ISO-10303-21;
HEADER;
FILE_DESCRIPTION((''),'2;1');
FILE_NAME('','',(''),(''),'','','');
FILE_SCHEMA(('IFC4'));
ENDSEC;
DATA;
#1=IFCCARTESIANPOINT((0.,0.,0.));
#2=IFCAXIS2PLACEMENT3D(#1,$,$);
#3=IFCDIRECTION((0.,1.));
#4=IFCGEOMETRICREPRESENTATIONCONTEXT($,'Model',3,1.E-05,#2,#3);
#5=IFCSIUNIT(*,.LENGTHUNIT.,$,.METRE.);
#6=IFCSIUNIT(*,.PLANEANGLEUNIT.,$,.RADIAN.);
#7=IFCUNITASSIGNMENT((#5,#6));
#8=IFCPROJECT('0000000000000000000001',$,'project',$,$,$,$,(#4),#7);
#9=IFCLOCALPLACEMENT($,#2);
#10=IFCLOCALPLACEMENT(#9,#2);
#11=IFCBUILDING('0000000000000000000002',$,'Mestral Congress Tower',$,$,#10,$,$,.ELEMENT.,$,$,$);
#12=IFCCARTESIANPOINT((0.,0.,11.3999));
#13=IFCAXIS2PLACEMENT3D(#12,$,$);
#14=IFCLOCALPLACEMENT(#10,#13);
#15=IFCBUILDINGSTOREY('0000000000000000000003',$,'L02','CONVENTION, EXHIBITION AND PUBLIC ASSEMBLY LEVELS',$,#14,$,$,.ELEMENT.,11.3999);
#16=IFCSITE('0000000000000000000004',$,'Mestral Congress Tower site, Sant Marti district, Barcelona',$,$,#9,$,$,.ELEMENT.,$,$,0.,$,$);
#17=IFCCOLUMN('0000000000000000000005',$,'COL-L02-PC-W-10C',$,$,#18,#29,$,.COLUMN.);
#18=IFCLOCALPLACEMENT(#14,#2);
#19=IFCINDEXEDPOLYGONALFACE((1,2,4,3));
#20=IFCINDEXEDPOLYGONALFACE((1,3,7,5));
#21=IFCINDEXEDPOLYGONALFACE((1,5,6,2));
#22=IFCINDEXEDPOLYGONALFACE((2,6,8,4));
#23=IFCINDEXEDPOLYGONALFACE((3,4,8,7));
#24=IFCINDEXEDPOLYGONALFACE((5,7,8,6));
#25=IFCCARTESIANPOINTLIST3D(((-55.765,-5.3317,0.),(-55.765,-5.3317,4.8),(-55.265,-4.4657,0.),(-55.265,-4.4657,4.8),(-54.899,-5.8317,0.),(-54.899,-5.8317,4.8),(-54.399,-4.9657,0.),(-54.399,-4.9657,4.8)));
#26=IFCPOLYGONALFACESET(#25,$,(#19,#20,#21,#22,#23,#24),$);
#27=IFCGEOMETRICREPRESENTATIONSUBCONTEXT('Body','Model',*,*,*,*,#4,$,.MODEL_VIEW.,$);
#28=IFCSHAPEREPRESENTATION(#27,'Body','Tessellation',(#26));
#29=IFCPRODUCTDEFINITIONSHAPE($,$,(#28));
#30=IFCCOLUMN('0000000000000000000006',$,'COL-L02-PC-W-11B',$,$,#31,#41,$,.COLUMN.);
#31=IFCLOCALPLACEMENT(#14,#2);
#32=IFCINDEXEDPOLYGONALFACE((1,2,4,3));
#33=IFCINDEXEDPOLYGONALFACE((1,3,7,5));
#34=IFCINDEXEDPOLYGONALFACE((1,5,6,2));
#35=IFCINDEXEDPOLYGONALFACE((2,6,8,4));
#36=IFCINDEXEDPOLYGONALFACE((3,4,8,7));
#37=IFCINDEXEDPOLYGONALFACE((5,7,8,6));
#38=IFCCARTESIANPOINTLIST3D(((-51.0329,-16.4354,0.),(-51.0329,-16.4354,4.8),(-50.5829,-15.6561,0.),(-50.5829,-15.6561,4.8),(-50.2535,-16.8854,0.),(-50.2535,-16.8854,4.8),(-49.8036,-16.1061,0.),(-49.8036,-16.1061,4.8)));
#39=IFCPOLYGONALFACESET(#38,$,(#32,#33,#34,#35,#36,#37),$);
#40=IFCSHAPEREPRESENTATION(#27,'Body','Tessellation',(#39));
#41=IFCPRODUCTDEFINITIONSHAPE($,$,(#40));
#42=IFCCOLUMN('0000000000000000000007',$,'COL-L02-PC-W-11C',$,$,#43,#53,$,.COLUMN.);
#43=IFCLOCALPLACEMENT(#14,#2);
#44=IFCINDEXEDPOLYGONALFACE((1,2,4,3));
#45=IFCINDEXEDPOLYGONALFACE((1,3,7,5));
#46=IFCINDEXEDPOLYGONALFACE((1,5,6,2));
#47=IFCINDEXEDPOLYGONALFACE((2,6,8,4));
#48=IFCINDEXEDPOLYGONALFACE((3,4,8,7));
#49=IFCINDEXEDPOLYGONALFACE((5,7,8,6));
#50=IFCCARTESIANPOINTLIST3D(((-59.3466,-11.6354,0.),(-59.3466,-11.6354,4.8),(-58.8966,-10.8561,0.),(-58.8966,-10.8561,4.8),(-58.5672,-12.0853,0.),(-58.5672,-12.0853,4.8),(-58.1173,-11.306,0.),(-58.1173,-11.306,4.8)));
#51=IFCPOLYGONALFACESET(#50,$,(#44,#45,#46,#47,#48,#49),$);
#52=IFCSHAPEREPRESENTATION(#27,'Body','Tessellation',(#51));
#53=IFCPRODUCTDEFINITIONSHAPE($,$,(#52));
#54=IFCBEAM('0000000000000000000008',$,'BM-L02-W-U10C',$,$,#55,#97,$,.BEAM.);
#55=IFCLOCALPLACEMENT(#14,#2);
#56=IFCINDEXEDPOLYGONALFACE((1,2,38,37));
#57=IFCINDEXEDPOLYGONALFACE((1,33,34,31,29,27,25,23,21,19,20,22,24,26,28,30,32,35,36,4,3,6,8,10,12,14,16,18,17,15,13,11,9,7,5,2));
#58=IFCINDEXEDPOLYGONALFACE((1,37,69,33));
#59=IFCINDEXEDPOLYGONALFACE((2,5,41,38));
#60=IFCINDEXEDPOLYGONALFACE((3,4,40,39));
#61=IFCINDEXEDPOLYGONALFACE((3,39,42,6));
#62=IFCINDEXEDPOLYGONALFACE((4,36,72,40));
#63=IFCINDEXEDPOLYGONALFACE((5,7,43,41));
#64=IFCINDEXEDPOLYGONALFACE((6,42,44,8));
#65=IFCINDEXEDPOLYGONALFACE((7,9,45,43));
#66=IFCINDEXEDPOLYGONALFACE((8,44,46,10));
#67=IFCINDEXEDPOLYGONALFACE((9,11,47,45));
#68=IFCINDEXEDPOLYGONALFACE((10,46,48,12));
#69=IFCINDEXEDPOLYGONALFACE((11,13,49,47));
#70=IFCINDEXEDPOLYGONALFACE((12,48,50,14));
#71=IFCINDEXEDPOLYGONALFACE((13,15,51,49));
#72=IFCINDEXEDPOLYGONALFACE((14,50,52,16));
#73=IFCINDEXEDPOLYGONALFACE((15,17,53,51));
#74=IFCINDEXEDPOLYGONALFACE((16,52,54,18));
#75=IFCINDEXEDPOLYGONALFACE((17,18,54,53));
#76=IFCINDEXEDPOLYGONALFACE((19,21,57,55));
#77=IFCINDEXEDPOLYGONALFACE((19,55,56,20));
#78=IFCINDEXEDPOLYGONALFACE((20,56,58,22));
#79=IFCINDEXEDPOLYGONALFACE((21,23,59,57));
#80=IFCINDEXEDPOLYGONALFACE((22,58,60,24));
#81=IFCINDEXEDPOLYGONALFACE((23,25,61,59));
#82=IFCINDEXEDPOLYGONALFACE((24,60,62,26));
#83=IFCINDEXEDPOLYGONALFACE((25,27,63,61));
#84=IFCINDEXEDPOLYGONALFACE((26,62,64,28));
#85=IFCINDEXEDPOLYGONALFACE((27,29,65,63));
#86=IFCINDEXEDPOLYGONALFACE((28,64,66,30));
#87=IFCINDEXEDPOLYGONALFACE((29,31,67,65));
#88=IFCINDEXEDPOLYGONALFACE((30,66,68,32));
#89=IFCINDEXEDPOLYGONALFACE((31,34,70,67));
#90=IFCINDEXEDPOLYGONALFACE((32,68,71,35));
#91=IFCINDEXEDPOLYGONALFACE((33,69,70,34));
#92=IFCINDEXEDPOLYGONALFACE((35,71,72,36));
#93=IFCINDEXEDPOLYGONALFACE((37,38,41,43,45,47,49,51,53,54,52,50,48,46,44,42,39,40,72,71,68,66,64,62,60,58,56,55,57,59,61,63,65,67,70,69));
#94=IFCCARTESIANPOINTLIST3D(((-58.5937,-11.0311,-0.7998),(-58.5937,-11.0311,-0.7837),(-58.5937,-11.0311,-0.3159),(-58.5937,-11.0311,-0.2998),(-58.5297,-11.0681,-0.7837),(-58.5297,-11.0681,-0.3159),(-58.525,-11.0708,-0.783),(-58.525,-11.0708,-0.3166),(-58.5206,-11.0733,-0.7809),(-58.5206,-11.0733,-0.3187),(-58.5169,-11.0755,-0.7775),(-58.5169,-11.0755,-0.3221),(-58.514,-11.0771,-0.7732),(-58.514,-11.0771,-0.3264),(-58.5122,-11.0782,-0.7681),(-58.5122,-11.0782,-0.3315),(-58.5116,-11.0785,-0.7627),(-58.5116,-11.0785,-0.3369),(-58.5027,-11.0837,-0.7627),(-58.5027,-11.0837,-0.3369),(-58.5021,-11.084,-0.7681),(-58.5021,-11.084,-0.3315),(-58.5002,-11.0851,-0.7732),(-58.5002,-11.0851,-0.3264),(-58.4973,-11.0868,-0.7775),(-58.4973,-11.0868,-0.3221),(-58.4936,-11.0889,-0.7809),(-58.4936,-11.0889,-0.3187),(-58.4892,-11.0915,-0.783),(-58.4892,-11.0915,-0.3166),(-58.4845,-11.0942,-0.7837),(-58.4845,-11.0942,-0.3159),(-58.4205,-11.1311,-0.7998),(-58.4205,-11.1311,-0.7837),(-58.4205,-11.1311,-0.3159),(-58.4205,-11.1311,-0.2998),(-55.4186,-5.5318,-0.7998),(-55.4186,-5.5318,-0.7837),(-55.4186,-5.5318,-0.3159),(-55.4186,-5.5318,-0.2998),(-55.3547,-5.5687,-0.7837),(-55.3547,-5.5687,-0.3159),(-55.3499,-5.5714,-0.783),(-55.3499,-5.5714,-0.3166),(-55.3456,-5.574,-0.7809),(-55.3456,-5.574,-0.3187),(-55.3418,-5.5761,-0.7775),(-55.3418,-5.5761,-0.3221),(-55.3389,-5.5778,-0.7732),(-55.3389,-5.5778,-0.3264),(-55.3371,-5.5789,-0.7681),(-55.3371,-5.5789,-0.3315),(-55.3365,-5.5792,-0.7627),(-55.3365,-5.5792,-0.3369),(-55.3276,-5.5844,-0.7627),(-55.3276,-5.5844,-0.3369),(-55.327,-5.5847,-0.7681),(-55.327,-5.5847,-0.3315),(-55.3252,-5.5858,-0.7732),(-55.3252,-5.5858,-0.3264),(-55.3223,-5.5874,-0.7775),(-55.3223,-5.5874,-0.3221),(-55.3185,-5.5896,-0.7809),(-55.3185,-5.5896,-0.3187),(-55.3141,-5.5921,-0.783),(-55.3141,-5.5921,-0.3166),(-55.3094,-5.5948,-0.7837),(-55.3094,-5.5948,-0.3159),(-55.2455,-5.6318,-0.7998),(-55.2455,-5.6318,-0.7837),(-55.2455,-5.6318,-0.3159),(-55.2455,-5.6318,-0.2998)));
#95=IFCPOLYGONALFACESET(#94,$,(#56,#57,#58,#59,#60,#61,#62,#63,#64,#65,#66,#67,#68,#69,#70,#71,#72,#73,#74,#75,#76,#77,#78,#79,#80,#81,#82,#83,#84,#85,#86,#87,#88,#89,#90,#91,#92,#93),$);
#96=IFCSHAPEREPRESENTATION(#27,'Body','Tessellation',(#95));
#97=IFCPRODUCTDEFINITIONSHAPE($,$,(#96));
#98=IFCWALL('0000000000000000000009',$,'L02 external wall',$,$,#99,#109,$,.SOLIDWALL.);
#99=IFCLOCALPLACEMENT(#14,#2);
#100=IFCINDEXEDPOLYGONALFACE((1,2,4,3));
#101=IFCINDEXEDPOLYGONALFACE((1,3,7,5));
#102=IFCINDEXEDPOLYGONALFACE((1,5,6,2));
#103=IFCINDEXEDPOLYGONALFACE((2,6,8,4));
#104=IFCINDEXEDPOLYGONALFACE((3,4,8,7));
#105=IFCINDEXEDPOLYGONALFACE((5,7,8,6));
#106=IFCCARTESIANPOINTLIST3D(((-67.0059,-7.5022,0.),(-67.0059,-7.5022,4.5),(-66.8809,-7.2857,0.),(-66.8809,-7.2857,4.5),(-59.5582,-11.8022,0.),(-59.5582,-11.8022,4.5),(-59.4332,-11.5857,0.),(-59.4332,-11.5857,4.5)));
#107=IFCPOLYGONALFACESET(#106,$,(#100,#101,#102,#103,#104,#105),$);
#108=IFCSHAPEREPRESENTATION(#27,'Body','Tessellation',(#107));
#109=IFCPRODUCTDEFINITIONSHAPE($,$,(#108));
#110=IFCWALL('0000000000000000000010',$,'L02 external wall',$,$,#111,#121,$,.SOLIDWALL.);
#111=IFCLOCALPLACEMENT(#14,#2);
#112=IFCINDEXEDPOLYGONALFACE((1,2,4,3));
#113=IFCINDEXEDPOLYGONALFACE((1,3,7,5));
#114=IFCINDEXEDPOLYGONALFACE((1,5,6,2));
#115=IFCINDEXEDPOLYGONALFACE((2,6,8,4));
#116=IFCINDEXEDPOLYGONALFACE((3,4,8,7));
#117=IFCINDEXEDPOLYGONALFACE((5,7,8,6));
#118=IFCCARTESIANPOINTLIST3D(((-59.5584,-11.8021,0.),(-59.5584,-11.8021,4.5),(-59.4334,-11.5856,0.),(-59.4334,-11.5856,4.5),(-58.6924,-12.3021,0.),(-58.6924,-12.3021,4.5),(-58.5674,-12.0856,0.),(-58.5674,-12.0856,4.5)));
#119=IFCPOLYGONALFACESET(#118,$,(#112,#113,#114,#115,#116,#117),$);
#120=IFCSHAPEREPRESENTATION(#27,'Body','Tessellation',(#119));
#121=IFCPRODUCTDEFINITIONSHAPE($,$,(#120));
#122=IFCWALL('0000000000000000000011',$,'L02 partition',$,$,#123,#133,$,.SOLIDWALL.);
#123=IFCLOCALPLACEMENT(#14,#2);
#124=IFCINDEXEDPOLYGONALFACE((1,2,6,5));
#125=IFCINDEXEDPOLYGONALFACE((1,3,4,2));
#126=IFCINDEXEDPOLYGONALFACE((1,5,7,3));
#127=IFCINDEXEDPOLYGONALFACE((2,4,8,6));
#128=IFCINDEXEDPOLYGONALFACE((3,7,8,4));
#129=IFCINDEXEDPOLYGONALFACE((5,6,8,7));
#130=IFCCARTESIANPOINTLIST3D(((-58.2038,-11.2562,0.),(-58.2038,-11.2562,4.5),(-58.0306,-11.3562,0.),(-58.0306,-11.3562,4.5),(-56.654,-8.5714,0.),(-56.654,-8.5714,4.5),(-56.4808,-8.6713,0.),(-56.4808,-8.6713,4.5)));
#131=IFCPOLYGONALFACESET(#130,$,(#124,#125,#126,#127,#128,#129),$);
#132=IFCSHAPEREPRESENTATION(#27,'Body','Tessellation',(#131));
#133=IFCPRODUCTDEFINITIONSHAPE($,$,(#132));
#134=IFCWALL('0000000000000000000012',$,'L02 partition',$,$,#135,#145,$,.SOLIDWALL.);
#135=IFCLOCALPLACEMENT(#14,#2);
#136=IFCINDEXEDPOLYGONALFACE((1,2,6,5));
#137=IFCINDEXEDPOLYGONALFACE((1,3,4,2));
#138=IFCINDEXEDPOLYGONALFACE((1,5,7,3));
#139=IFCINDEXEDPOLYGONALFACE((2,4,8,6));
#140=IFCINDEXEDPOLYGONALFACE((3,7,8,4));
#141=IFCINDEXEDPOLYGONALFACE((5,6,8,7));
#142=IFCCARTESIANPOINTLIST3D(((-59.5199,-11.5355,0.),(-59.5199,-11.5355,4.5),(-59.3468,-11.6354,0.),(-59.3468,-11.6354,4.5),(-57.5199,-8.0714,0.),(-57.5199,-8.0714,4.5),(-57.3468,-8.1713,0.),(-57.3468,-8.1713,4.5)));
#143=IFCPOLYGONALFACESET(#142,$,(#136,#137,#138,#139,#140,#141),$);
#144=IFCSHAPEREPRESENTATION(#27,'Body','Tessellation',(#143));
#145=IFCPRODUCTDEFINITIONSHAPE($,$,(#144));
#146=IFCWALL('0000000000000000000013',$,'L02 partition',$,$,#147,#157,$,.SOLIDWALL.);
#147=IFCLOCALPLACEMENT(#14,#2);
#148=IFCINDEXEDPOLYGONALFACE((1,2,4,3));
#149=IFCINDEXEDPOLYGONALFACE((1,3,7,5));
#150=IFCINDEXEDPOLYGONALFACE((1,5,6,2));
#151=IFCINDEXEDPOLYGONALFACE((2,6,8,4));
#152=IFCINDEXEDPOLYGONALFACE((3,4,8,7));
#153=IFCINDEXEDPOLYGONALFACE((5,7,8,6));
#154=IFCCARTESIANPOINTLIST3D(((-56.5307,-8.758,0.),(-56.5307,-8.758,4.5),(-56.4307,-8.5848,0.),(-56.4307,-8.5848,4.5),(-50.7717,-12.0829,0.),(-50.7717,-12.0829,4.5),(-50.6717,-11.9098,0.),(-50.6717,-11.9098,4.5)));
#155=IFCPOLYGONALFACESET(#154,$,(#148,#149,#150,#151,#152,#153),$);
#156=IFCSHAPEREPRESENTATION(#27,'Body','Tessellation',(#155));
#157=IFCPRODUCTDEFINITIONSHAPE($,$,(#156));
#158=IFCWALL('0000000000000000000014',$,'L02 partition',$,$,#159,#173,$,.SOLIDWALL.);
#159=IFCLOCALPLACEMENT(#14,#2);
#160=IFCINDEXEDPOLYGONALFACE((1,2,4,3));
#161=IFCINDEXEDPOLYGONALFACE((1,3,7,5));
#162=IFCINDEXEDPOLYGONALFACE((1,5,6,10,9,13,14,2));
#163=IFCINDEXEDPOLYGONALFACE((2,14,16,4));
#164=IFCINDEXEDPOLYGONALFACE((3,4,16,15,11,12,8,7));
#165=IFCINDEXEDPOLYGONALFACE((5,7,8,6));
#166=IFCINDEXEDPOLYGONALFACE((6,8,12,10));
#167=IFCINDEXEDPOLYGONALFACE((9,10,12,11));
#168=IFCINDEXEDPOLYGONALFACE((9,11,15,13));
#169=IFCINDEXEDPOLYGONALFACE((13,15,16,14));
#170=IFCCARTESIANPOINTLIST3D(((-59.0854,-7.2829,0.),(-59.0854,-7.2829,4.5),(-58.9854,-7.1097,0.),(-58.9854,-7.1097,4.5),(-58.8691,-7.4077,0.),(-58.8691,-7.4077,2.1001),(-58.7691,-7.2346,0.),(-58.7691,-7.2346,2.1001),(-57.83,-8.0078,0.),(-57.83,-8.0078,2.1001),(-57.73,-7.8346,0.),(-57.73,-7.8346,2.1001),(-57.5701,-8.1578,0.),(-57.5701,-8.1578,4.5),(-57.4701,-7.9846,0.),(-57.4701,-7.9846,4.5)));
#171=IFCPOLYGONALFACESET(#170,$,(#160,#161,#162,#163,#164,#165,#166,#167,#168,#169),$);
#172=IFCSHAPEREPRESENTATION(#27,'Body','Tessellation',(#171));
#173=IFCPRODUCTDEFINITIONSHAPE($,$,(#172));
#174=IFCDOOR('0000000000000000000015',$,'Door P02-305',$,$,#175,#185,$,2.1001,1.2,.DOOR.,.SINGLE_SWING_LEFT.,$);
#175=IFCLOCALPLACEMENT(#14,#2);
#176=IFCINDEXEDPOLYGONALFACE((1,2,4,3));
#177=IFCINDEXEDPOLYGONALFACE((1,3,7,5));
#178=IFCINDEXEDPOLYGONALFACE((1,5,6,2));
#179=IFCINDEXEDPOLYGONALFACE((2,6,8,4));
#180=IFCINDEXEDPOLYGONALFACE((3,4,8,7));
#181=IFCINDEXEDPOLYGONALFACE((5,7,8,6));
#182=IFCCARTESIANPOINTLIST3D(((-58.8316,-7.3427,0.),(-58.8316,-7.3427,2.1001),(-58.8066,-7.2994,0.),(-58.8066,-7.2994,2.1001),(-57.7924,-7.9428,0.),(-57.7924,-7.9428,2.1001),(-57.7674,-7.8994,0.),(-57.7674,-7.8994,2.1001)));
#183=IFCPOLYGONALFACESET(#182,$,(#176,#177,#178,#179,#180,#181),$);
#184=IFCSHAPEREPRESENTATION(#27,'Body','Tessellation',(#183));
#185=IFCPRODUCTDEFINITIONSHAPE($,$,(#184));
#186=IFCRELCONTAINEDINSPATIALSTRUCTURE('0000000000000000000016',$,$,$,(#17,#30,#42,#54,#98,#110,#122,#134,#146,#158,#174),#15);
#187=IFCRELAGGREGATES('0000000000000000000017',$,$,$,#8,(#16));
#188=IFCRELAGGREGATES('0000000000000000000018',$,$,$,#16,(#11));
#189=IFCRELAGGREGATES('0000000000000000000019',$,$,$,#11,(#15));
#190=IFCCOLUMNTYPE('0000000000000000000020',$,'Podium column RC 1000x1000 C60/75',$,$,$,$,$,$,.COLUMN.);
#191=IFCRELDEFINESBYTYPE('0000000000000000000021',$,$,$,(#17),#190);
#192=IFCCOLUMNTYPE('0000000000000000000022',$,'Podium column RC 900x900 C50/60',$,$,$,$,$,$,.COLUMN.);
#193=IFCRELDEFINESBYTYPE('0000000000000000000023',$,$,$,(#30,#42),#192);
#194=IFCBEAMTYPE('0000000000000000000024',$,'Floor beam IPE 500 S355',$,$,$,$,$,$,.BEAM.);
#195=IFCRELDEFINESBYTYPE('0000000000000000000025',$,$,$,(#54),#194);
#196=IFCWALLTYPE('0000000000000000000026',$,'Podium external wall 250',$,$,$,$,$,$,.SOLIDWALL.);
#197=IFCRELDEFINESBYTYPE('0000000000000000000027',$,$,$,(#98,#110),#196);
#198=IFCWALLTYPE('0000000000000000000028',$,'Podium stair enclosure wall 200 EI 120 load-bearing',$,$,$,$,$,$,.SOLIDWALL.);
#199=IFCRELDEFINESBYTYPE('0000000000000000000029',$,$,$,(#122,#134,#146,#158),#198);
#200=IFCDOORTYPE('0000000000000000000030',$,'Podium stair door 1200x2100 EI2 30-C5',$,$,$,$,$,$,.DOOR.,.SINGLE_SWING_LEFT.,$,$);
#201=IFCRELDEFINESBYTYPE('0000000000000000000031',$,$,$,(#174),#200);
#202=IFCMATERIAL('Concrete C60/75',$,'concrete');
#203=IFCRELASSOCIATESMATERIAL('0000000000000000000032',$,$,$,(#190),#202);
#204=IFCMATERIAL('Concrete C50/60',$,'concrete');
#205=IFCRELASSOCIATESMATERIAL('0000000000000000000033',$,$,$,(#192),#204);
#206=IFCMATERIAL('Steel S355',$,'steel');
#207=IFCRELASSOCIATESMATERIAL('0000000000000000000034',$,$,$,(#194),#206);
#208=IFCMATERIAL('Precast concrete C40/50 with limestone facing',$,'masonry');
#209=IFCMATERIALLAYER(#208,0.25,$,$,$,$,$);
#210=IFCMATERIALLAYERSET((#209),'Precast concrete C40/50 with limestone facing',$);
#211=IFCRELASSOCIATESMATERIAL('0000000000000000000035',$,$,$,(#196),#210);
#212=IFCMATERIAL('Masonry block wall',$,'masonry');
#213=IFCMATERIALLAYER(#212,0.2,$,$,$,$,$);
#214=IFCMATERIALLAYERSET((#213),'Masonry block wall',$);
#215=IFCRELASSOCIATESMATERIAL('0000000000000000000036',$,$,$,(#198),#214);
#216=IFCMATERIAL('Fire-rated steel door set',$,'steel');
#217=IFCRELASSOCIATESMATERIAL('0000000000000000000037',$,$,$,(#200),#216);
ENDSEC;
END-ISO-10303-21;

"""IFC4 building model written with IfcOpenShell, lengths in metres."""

from ifc_helpers import new_model, si_unit, direction, frame, frame_2d, origin, origin_2d, place, context, subcontext, project, spatial, rectangle, i_section, extrude, material, layer, layer_set, material_profile, profile_set, type_object, element, fill, save


model = new_model("IFC4")

# Units and contexts
model_context = context("Model", 3, precision=1e-05, world=origin(), true_north=direction((0.0, 1.0)))
body_context = subcontext(model_context, "Body", "Model", "MODEL_VIEW")
ifc_project = project(units=[si_unit("LENGTHUNIT", "METRE"), si_unit("PLANEANGLEUNIT", "RADIAN")], contexts=[model_context])

# Site, building, storey
site_placement = place(None, origin())
site = spatial("IfcSite", under=ifc_project, at=site_placement, Name="Mestral Congress Tower site, Sant Marti district, Barcelona", CompositionType="ELEMENT", RefElevation=0.0)
building_placement = place(site_placement, origin())
building = spatial("IfcBuilding", under=site, at=building_placement, Name="Mestral Congress Tower", CompositionType="ELEMENT")
storey_placement = place(building_placement, frame((0.0, 0.0, 11.3999)))
storey = spatial("IfcBuildingStorey", under=building, at=storey_placement, Name="L02", Description="CONVENTION, EXHIBITION AND PUBLIC ASSEMBLY LEVELS", CompositionType="ELEMENT", Elevation=11.3999)

# Columns
ifc_material_1 = material(Name="Concrete C60/75", Category="concrete")
ifc_material_profile_1 = material_profile(ifc_material_1, rectangle(XDim=1.0, YDim=1.0, at=origin_2d()), Name="RC 1000x1000")
ifc_profile_set_1 = profile_set([ifc_material_profile_1], Name="Concrete C60/75")
column_type_1 = type_object("IfcColumnType", Name="Podium column RC 1000x1000 C60/75", PredefinedType="COLUMN", material=ifc_profile_set_1)
column_placement = place(storey_placement, frame((-55.082, -5.1487, 0.0), z_axis=(0.0, 0.0, 1.0), x_axis=(-0.5, -0.866025, 0.0)))
element("IfcColumn", 1, at=column_placement, inside=storey, type_object=column_type_1, Name="COL-L02-PC-W-10C", PredefinedType="COLUMN", context=body_context, shape_type="SweptSolid", body=[
    extrude(rectangle(XDim=1.0, YDim=1.0, at=origin_2d()), origin(), (0.0, 0.0, 1.0), 4.8),
])
ifc_material_2 = material(Name="Concrete C50/60", Category="concrete")
ifc_material_profile_2 = material_profile(ifc_material_2, rectangle(XDim=0.8999, YDim=0.8999, at=origin_2d()), Name="RC 900x900")
ifc_profile_set_2 = profile_set([ifc_material_profile_2], Name="Concrete C50/60")
column_type_2 = type_object("IfcColumnType", Name="Podium column RC 900x900 C50/60", PredefinedType="COLUMN", material=ifc_profile_set_2)
for number, where, z_axis, x_axis, name in (
    (2, (-50.4182, -16.2708, 0.0), (0.0, 0.0, 1.0), (-0.5, -0.866025, 0.0), "COL-L02-PC-W-11B"),
    (3, (-58.7319, -11.4707, 0.0), (0.0, 0.0, 1.0), (-0.5, -0.866025, 0.0), "COL-L02-PC-W-11C"),
):
    element("IfcColumn", number, at=place(storey_placement, frame(where, z_axis=z_axis, x_axis=x_axis)), inside=storey, type_object=column_type_2, Name=name, PredefinedType="COLUMN", context=body_context, shape_type="SweptSolid", body=[
        extrude(rectangle(XDim=0.8999, YDim=0.8999, at=origin_2d()), origin(), (0.0, 0.0, 1.0), 4.8),
    ])

# Beam
ifc_material_3 = material(Name="Steel S355", Category="steel")
ifc_material_profile_3 = material_profile(ifc_material_3, i_section(OverallWidth=0.2, OverallDepth=0.5, WebThickness=0.0103, FlangeThickness=0.0161, FilletRadius=0.021, at=origin_2d()), Name="IPE 500")
ifc_profile_set_3 = profile_set([ifc_material_profile_3], Name="Steel S355")
beam_type = type_object("IfcBeamType", Name="Floor beam IPE 500 S355", PredefinedType="BEAM", material=ifc_profile_set_3)
beam_placement = place(storey_placement, frame((-55.332, -5.5818, -0.5498), z_axis=(-0.500005, -0.866022, 0.0), x_axis=(0.866022, -0.500005, 0.0)))
element("IfcBeam", 4, at=beam_placement, inside=storey, type_object=beam_type, Name="BM-L02-W-U10C", PredefinedType="BEAM", context=body_context, shape_type="SweptSolid", body=[
    extrude(i_section(OverallWidth=0.2, OverallDepth=0.5, WebThickness=0.0103, FlangeThickness=0.0161, FilletRadius=0.021, at=origin_2d()), origin(), (0.0, 0.0, 1.0), 6.3501),
])

# Walls
ifc_material_4 = material(Name="Precast concrete C40/50 with limestone facing", Category="masonry")
ifc_layer_1 = layer(ifc_material_4, 0.25)
ifc_layer_set_1 = layer_set([ifc_layer_1], Name="Precast concrete C40/50 with limestone facing")
wall_type_1 = type_object("IfcWallType", Name="Podium external wall 250", PredefinedType="SOLIDWALL", material=ifc_layer_set_1)
wall_1_placement = place(storey_placement, frame((-59.4958, -11.6938, 0.0), z_axis=(0.0, 0.0, 1.0), x_axis=(-0.866021, 0.500008, 0.0)))
element("IfcWall", 5, at=wall_1_placement, inside=storey, type_object=wall_type_1, Name="L02 external wall", PredefinedType="SOLIDWALL", context=body_context, shape_type="SweptSolid", body=[
    extrude(rectangle(XDim=8.5999, YDim=0.25, at=frame_2d((4.2998, 0.0))), origin(), (0.0, 0.0, 1.0), 4.5),
])
wall_2_placement = place(storey_placement, frame((-58.6299, -12.1938, 0.0), z_axis=(0.0, 0.0, 1.0), x_axis=(-0.866011, 0.500025, 0.0)))
element("IfcWall", 6, at=wall_2_placement, inside=storey, type_object=wall_type_1, Name="L02 external wall", PredefinedType="SOLIDWALL", context=body_context, shape_type="SweptSolid", body=[
    extrude(rectangle(XDim=1.0, YDim=0.25, at=frame_2d((0.5, 0.0))), origin(), (0.0, 0.0, 1.0), 4.5),
])
ifc_material_5 = material(Name="Masonry block wall", Category="masonry")
ifc_layer_2 = layer(ifc_material_5, 0.2)
ifc_layer_set_2 = layer_set([ifc_layer_2], Name="Masonry block wall")
wall_type_2 = type_object("IfcWallType", Name="Podium stair enclosure wall 200 EI 120 load-bearing", PredefinedType="SOLIDWALL", material=ifc_layer_set_2)
wall_3_placement = place(storey_placement, frame((-56.5674, -8.6213, 0.0), z_axis=(0.0, 0.0, 1.0), x_axis=(-0.499934, -0.866064, 0.0)))
element("IfcWall", 7, at=wall_3_placement, inside=storey, type_object=wall_type_2, Name="L02 partition", PredefinedType="SOLIDWALL", context=body_context, shape_type="SweptSolid", body=[
    extrude(rectangle(XDim=3.1001, YDim=0.2, at=frame_2d((1.55, 0.0))), origin(), (0.0, 0.0, 1.0), 4.5),
])
wall_4_placement = place(storey_placement, frame((-57.4333, -8.1213, 0.0), z_axis=(0.0, 0.0, 1.0), x_axis=(-0.499999, -0.866026, 0.0)))
element("IfcWall", 8, at=wall_4_placement, inside=storey, type_object=wall_type_2, Name="L02 partition", PredefinedType="SOLIDWALL", context=body_context, shape_type="SweptSolid", body=[
    extrude(rectangle(XDim=4.0, YDim=0.2, at=frame_2d((2.0, 0.0))), origin(), (0.0, 0.0, 1.0), 4.5),
])
wall_5_placement = place(storey_placement, frame((-50.7217, -11.9963, 0.0), z_axis=(0.0, 0.0, 1.0), x_axis=(-0.866027, 0.499997, 0.0)))
element("IfcWall", 9, at=wall_5_placement, inside=storey, type_object=wall_type_2, Name="L02 partition", PredefinedType="SOLIDWALL", context=body_context, shape_type="SweptSolid", body=[
    extrude(rectangle(XDim=6.6499, YDim=0.2, at=frame_2d((3.325, 0.0))), origin(), (0.0, 0.0, 1.0), 4.5),
])

# Wall, opening, door
wall_6_placement = place(storey_placement, frame((-57.52, -8.0713, 0.0), z_axis=(0.0, 0.0, 1.0), x_axis=(-0.866002, 0.50004, 0.0)))
wall_6 = element("IfcWall", 10, at=wall_6_placement, inside=storey, type_object=wall_type_2, Name="L02 partition", PredefinedType="SOLIDWALL", context=body_context, shape_type="SweptSolid", body=[
    extrude(rectangle(XDim=1.7498, YDim=0.2, at=frame_2d((0.875, 0.0))), origin(), (0.0, 0.0, 1.0), 4.5),
])
opening_1_placement = place(wall_6_placement, frame((0.3, 0.0, 0.0)))
opening_1 = element("IfcOpeningElement", 11, at=opening_1_placement, cuts=wall_6, PredefinedType="OPENING", context=body_context, shape_type="SweptSolid", body=[
    extrude(rectangle(XDim=1.2, YDim=2.1001, at=frame_2d((0.6001, 1.05))), frame((0.0, 0.1099, 0.0), z_axis=(0.0, -1.0, 0.0), x_axis=(1.0, 0.0, 0.0)), (0.0, 0.0, 1.0), 0.22),
])
ifc_material_6 = material(Name="Fire-rated steel door set", Category="steel")
door_type_1 = type_object("IfcDoorType", Name="Podium stair door 1200x2100 EI2 30-C5", OperationType="SINGLE_SWING_LEFT", PredefinedType="DOOR", material=ifc_material_6)
door_1_placement = place(opening_1_placement, origin())
door_1 = element("IfcDoor", 12, at=door_1_placement, inside=storey, type_object=door_type_1, Name="Door P02-305", OperationType="SINGLE_SWING_LEFT", OverallHeight=2.1001, OverallWidth=1.2, PredefinedType="DOOR", context=body_context, shape_type="SweptSolid", body=[
    extrude(rectangle(XDim=1.2, YDim=2.1001, at=frame_2d((0.6001, 1.05))), frame((0.0, 0.0249, 0.0), z_axis=(0.0, -1.0, 0.0), x_axis=(1.0, 0.0, 0.0)), (0.0, 0.0, 1.0), 0.05),
])
fill(opening_1, door_1)

save(model, "model.ifc")
